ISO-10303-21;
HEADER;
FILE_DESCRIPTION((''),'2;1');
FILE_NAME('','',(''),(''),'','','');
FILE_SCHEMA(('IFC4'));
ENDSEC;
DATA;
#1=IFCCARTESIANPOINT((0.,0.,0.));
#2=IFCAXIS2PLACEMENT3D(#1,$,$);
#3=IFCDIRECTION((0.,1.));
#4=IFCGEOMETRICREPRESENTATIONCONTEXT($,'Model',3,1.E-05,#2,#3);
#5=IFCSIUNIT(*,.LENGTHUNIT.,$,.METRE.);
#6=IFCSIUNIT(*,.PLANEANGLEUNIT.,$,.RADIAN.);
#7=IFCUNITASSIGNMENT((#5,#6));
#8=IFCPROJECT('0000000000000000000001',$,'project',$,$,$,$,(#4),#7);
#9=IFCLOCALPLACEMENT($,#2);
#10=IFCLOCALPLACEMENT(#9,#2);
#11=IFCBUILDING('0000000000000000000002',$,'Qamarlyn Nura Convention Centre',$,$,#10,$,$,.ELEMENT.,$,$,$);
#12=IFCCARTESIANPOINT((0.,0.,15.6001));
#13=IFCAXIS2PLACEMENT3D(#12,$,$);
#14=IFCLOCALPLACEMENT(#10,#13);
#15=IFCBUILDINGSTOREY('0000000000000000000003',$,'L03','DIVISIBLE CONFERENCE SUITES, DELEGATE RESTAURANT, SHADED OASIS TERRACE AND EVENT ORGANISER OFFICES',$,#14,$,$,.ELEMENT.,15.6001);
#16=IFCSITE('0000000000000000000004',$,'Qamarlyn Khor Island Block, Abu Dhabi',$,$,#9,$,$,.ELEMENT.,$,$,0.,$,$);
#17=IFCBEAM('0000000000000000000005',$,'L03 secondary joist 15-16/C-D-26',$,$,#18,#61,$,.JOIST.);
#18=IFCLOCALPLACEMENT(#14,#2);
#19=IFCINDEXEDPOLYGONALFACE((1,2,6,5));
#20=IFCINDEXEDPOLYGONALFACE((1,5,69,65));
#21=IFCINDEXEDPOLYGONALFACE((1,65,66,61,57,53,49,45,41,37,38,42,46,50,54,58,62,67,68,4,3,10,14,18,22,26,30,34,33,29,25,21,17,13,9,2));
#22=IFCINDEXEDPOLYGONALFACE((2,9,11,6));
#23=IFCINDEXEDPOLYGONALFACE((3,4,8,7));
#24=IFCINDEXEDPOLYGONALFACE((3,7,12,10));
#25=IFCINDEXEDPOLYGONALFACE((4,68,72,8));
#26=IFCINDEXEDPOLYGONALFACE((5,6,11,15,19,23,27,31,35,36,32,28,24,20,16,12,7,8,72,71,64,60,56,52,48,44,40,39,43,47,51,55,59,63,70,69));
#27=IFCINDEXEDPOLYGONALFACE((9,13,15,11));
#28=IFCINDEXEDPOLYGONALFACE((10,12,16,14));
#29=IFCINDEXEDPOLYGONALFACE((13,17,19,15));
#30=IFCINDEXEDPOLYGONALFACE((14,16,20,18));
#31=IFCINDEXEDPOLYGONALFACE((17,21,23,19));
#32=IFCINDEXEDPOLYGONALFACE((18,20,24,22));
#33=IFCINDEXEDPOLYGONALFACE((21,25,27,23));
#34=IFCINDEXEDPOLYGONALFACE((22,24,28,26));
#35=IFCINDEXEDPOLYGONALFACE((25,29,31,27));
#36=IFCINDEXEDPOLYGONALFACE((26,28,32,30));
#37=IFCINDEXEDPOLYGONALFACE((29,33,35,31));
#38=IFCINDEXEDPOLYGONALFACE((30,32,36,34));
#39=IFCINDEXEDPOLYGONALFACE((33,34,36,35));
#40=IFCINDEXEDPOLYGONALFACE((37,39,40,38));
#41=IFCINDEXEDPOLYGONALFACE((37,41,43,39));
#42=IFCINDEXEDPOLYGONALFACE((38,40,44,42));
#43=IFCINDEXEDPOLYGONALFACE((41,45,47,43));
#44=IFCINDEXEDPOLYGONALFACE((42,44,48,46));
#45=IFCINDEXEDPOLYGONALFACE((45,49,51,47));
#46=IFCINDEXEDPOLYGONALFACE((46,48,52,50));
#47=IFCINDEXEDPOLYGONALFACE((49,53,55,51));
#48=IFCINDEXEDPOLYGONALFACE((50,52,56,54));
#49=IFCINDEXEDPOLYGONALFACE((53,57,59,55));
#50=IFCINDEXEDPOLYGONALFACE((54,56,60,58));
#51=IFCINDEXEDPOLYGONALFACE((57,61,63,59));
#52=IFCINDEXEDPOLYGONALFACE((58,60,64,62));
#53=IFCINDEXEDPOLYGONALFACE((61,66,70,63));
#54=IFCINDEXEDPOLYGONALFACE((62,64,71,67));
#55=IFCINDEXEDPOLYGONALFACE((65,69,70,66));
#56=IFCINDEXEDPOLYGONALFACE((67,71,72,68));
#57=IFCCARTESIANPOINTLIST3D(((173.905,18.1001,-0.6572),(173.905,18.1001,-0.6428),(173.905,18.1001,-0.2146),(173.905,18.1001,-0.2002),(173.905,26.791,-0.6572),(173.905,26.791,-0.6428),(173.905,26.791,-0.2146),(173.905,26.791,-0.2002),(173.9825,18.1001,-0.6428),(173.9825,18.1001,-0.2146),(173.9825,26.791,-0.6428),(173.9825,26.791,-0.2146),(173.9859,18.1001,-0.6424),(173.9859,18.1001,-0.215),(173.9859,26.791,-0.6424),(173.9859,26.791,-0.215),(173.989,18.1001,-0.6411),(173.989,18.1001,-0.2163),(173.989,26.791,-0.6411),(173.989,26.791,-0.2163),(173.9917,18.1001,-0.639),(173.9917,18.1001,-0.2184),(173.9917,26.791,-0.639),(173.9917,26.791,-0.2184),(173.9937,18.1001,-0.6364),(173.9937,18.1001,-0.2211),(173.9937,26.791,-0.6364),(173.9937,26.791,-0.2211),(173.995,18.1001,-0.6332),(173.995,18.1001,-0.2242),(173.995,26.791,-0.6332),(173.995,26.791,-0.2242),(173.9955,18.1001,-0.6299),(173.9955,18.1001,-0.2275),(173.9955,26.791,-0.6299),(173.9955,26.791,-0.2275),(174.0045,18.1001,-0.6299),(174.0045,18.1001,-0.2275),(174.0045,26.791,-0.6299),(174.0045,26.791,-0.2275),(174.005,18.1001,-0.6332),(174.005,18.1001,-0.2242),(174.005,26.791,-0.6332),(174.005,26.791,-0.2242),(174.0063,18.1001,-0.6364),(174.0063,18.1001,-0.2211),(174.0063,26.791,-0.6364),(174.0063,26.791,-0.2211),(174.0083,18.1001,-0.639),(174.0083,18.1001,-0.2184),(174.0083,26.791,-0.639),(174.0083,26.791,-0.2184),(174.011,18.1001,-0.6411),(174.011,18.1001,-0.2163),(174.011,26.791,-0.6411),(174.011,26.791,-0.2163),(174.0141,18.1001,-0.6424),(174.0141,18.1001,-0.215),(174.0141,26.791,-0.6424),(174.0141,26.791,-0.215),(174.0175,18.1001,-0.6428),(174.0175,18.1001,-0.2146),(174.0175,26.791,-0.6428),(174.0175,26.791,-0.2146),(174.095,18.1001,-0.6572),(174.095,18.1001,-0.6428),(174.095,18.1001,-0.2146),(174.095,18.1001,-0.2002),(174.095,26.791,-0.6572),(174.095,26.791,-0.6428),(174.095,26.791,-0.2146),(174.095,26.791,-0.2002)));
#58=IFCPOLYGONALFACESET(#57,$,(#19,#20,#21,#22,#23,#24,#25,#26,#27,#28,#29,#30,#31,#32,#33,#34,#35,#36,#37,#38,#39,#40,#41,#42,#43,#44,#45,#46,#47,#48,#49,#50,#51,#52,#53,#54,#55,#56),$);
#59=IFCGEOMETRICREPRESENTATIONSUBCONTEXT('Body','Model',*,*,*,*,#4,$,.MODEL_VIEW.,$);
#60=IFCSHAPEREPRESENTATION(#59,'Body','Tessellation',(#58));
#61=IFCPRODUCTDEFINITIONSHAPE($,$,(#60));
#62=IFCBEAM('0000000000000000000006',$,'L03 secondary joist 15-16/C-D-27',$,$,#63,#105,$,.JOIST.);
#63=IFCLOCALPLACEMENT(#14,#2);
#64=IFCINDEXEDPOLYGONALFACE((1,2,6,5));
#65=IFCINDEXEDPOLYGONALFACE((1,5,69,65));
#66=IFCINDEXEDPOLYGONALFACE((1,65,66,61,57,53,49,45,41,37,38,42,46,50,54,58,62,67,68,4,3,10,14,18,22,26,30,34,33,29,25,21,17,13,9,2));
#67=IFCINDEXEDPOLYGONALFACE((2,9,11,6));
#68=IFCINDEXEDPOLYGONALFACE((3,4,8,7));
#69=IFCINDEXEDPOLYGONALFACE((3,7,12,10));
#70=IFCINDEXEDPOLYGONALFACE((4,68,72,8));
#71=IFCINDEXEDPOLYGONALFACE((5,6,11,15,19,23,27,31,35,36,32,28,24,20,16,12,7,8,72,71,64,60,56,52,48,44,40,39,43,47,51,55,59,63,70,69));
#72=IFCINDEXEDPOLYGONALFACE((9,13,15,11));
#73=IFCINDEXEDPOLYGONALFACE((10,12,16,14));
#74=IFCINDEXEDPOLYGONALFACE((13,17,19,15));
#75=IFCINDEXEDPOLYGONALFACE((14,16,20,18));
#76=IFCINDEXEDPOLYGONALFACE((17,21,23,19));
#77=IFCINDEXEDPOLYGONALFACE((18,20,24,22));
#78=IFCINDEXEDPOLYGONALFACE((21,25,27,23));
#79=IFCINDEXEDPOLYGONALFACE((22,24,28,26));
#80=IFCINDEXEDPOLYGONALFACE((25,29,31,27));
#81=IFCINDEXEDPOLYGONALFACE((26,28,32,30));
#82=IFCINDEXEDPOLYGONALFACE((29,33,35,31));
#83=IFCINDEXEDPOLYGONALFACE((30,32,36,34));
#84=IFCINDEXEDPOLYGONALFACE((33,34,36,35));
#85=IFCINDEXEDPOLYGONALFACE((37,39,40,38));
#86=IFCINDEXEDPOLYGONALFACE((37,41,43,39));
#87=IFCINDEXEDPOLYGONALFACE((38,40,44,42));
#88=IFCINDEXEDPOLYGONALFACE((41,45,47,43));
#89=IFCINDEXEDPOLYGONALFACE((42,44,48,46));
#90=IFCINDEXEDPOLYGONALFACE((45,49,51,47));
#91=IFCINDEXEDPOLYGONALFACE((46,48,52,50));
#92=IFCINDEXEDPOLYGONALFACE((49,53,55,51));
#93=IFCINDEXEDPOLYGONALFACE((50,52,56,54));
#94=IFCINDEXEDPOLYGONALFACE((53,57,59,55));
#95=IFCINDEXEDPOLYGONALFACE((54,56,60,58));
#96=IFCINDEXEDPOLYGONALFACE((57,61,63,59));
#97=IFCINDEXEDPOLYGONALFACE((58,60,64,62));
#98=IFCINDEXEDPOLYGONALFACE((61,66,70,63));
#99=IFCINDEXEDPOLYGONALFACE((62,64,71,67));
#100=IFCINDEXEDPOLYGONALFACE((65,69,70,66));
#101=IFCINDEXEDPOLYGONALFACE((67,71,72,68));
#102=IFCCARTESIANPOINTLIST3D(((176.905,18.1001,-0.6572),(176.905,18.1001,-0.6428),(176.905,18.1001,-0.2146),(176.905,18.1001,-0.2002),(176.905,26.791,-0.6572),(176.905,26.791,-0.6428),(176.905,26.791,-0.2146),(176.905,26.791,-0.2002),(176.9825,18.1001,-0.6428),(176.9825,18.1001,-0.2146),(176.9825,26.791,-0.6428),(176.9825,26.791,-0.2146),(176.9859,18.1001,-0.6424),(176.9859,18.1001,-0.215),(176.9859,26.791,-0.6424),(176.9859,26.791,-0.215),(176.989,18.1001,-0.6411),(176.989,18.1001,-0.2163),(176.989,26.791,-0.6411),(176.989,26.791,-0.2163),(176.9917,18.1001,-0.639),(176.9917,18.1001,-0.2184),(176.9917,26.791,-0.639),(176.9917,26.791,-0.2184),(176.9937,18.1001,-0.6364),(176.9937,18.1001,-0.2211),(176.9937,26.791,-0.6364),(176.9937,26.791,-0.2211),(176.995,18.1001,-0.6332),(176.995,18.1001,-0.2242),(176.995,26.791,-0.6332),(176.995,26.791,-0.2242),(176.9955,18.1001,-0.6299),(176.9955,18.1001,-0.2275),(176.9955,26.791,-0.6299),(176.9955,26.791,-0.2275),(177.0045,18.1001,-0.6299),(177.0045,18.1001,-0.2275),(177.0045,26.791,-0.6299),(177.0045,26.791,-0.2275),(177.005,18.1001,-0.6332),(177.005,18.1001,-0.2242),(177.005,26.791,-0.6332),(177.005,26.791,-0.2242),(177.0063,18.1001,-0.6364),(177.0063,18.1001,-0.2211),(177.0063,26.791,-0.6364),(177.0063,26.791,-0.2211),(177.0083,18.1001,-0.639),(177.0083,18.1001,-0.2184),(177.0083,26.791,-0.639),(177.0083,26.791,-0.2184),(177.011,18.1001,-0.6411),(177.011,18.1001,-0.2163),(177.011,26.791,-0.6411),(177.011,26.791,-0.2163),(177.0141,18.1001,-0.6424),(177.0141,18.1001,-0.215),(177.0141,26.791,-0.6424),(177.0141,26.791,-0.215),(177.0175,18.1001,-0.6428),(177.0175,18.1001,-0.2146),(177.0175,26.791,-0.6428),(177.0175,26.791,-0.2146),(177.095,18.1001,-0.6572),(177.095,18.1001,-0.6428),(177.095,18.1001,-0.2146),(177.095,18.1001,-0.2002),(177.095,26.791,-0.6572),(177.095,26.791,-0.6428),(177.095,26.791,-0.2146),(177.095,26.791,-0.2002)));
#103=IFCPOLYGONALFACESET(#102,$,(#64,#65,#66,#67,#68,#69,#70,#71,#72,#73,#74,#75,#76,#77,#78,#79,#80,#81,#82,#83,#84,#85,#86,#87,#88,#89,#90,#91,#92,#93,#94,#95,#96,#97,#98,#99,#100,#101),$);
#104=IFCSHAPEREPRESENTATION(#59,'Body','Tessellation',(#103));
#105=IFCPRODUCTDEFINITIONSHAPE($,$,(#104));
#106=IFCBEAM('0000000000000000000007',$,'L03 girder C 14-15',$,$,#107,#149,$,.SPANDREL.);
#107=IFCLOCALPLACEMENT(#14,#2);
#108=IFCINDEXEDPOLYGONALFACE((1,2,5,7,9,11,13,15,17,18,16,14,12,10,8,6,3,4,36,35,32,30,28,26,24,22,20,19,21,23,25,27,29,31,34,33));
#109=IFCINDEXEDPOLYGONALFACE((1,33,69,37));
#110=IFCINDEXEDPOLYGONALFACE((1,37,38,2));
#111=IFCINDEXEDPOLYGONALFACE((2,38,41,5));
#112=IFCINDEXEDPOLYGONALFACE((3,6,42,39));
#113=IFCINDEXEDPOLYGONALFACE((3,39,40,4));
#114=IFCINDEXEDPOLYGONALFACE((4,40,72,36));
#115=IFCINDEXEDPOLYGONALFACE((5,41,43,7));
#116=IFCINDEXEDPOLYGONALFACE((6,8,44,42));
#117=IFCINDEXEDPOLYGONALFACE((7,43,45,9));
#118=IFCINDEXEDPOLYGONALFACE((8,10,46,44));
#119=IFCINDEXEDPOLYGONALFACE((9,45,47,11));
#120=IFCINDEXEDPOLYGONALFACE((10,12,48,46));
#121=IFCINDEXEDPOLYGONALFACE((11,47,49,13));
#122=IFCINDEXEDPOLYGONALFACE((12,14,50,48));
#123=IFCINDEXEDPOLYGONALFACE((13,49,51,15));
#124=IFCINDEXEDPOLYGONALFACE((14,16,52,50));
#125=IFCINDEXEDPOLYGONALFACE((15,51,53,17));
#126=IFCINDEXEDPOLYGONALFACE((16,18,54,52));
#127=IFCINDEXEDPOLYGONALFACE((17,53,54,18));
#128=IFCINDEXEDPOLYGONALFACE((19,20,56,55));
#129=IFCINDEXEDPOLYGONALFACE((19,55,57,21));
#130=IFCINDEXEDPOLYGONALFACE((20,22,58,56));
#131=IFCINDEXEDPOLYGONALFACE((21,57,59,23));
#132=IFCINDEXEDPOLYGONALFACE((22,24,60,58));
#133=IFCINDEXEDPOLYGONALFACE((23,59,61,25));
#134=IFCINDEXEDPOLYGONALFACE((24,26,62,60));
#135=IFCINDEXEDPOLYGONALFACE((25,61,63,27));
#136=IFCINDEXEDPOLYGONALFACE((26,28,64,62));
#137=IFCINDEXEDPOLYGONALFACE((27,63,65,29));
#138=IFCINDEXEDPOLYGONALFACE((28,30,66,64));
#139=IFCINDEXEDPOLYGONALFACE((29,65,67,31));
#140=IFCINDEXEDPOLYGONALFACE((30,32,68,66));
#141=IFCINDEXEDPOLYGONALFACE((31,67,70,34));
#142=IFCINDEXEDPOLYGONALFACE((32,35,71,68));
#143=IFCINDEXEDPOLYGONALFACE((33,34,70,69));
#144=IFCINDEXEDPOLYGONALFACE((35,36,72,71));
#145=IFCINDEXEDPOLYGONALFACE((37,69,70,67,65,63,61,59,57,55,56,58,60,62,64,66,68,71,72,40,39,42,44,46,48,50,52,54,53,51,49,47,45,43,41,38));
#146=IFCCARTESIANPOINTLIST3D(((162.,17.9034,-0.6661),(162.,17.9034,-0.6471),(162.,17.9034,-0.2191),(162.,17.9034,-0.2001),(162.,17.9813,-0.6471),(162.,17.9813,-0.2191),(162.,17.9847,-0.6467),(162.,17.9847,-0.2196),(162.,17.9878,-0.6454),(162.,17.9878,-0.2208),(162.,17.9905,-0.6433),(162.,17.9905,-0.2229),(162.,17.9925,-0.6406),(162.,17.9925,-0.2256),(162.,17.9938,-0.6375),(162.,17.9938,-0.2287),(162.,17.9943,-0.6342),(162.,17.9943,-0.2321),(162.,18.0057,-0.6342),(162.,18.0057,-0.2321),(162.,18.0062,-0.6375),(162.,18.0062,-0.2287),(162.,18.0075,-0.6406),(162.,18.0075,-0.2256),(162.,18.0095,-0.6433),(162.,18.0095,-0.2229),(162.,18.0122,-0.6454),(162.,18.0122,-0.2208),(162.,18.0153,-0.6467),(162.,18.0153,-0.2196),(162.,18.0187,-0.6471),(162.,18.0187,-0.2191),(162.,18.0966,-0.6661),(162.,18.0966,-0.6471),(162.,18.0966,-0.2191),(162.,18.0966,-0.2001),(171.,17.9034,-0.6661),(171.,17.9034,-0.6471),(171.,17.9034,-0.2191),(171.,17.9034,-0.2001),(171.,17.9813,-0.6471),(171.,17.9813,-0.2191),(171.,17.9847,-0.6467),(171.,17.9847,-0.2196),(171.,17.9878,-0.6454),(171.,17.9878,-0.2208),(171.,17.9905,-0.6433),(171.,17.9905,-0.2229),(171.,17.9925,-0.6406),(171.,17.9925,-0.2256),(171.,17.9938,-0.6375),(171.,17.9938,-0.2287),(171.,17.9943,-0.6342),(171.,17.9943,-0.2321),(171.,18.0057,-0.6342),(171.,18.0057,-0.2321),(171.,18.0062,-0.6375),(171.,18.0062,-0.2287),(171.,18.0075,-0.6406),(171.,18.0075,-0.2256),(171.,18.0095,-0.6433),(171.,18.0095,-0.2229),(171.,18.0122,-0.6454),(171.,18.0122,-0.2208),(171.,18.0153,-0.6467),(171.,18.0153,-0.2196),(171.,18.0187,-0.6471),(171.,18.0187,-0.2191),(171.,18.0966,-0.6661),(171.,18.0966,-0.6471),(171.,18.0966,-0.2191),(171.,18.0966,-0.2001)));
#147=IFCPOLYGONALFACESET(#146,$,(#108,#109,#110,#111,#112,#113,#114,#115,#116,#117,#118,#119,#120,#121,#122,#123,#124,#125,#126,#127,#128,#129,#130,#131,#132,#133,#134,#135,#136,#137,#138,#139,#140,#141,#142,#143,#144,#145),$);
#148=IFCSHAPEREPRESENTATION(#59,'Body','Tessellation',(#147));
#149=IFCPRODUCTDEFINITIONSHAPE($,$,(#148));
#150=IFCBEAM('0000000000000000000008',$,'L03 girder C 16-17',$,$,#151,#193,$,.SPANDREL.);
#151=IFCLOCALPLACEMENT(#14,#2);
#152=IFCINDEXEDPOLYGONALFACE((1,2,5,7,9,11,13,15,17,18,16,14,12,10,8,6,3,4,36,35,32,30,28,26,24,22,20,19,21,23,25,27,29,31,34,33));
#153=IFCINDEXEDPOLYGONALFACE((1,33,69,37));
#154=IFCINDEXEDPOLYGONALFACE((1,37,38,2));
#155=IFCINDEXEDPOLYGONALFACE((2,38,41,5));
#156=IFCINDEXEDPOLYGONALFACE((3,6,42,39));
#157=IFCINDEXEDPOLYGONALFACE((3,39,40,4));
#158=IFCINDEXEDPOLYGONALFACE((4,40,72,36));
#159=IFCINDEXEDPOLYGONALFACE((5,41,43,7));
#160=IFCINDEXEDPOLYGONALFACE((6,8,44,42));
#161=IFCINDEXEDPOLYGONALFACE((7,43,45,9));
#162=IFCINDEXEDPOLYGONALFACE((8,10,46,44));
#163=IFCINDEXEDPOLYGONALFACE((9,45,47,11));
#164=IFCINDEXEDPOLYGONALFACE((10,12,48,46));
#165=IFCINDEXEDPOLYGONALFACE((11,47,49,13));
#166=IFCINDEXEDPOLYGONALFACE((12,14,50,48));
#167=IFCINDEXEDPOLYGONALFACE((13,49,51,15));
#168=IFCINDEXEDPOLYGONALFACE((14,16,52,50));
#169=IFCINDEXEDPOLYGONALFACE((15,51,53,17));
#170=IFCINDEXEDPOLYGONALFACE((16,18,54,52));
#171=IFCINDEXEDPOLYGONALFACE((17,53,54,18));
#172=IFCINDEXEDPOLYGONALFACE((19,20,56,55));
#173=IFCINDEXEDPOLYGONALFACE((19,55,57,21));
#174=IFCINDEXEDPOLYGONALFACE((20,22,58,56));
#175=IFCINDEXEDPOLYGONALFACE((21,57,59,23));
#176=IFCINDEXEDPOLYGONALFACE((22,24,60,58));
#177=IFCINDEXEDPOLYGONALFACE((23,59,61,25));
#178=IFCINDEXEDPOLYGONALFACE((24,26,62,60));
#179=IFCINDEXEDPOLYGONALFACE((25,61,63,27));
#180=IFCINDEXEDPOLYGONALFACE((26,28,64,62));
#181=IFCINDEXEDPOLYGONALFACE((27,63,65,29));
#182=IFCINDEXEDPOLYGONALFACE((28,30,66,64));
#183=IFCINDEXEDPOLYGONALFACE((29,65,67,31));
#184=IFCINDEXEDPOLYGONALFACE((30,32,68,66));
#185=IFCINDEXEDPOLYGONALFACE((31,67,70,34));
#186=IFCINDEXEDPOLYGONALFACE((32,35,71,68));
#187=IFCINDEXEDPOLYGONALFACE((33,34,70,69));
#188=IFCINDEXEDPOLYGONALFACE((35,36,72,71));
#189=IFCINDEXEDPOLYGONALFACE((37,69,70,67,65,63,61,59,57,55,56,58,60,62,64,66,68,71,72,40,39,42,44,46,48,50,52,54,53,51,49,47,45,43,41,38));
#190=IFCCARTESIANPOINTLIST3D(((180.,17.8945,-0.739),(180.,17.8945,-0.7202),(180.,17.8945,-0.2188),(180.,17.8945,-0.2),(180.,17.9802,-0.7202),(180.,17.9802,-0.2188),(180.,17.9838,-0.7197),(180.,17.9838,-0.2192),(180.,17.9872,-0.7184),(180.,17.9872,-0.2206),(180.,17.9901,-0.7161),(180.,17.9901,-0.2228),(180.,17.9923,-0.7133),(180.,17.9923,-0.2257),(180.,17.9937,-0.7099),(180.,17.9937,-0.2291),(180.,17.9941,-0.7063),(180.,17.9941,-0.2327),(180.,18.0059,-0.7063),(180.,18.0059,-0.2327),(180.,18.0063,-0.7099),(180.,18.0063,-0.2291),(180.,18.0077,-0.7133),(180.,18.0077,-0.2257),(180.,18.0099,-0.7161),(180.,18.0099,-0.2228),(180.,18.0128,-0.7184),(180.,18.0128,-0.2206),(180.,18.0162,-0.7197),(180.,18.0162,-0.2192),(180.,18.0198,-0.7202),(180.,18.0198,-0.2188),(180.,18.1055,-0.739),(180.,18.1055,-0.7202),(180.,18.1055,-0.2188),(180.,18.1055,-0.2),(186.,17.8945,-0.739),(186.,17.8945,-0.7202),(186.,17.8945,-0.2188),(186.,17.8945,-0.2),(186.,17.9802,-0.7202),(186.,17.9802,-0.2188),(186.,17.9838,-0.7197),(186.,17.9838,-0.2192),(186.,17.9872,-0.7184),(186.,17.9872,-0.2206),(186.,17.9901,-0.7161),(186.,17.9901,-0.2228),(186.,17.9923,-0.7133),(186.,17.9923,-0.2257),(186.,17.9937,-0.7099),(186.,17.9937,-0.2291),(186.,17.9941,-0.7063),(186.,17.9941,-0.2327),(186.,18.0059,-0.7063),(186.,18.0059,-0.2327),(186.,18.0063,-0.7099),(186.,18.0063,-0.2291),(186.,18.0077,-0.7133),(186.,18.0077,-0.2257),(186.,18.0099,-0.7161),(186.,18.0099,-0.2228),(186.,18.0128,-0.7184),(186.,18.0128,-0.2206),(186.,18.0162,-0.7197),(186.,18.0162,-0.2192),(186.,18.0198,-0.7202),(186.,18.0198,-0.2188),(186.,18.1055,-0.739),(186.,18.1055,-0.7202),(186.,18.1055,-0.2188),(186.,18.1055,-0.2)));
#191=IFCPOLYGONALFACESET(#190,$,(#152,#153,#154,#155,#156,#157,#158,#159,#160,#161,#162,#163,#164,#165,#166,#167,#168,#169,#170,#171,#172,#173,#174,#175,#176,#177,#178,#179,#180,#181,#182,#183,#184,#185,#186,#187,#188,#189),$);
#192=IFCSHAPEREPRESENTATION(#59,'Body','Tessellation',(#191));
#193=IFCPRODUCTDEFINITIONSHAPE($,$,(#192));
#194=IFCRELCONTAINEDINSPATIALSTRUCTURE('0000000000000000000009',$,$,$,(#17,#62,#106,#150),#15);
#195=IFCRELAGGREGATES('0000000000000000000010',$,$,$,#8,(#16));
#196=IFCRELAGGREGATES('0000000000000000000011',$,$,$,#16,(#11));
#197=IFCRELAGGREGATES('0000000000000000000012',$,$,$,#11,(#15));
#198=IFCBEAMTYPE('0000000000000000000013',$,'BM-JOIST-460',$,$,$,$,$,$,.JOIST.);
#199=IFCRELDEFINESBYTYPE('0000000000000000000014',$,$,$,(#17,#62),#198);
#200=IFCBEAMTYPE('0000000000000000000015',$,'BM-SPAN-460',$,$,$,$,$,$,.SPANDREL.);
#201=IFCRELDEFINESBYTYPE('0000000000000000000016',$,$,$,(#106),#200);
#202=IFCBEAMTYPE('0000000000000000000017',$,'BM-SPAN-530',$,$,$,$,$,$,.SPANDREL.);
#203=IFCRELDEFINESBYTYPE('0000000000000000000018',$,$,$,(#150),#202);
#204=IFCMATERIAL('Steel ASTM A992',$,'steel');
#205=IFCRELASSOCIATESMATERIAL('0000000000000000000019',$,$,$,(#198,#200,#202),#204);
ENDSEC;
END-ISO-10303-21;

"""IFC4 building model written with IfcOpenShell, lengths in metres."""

from ifc_helpers import new_model, si_unit, direction, frame, origin, origin_2d, place, context, subcontext, project, spatial, i_section, extrude, material, material_profile, profile_set, type_object, element, save


model = new_model("IFC4")

# Units and contexts
model_context = context("Model", 3, precision=1e-05, world=origin(), true_north=direction((0.0, 1.0)))
body_context = subcontext(model_context, "Body", "Model", "MODEL_VIEW")
ifc_project = project(units=[si_unit("LENGTHUNIT", "METRE"), si_unit("PLANEANGLEUNIT", "RADIAN")], contexts=[model_context])

# Site, building, storey
site_placement = place(None, origin())
site = spatial("IfcSite", under=ifc_project, at=site_placement, Name="Qamarlyn Khor Island Block, Abu Dhabi", CompositionType="ELEMENT", RefElevation=0.0)
building_placement = place(site_placement, origin())
building = spatial("IfcBuilding", under=site, at=building_placement, Name="Qamarlyn Nura Convention Centre", CompositionType="ELEMENT")
storey_placement = place(building_placement, frame((0.0, 0.0, 15.6001)))
storey = spatial("IfcBuildingStorey", under=building, at=storey_placement, Name="L03", Description="DIVISIBLE CONFERENCE SUITES, DELEGATE RESTAURANT, SHADED OASIS TERRACE AND EVENT ORGANISER OFFICES", CompositionType="ELEMENT", Elevation=15.6001)

# Shared definitions
ifc_material_1 = material(Name="Steel ASTM A992", Category="steel")

# Beams
ifc_material_profile_1 = material_profile(ifc_material_1, i_section(OverallWidth=0.1899, OverallDepth=0.457, WebThickness=0.009, FlangeThickness=0.0144, FilletRadius=0.0129, at=origin_2d()), Name="W460X74")
ifc_profile_set_1 = profile_set([ifc_material_profile_1], Name="Steel ASTM A992")
beam_type_1 = type_object("IfcBeamType", Name="BM-JOIST-460", PredefinedType="JOIST", material=ifc_profile_set_1)
for number, where, z_axis, x_axis, name in (
    (1, (174.0, 18.1001, -0.4287), (0.0, 1.0, 0.0), (-1.0, 0.0, 0.0), "L03 secondary joist 15-16/C-D-26"),
    (2, (177.0, 18.1001, -0.4287), (0.0, 1.0, 0.0), (-1.0, 0.0, 0.0), "L03 secondary joist 15-16/C-D-27"),
):
    element("IfcBeam", number, at=place(storey_placement, frame(where, z_axis=z_axis, x_axis=x_axis)), inside=storey, type_object=beam_type_1, Name=name, PredefinedType="JOIST", context=body_context, shape_type="SweptSolid", body=[
        extrude(i_section(OverallWidth=0.1899, OverallDepth=0.457, WebThickness=0.009, FlangeThickness=0.0144, FilletRadius=0.0129, at=origin_2d()), origin(), (0.0, 0.0, 1.0), 8.6909),
    ])
ifc_material_profile_2 = material_profile(ifc_material_1, i_section(OverallWidth=0.1931, OverallDepth=0.4661, WebThickness=0.0115, FlangeThickness=0.019, FilletRadius=0.0129, at=origin_2d()), Name="W460X97")
ifc_profile_set_2 = profile_set([ifc_material_profile_2], Name="Steel ASTM A992")
beam_type_2 = type_object("IfcBeamType", Name="BM-SPAN-460", PredefinedType="SPANDREL", material=ifc_profile_set_2)
beam_1_placement = place(storey_placement, frame((162.0, 18.0, -0.4331), z_axis=(1.0, 0.0, 0.0), x_axis=(0.0, 1.0, 0.0)))
element("IfcBeam", 3, at=beam_1_placement, inside=storey, type_object=beam_type_2, Name="L03 girder C 14-15", PredefinedType="SPANDREL", context=body_context, shape_type="SweptSolid", body=[
    extrude(i_section(OverallWidth=0.1931, OverallDepth=0.4661, WebThickness=0.0115, FlangeThickness=0.019, FilletRadius=0.0129, at=origin_2d()), origin(), (0.0, 0.0, 1.0), 9.0),
])
ifc_material_profile_3 = material_profile(ifc_material_1, i_section(OverallWidth=0.2109, OverallDepth=0.5391, WebThickness=0.0117, FlangeThickness=0.0188, FilletRadius=0.0139, at=origin_2d()), Name="W530X109")
ifc_profile_set_3 = profile_set([ifc_material_profile_3], Name="Steel ASTM A992")
beam_type_3 = type_object("IfcBeamType", Name="BM-SPAN-530", PredefinedType="SPANDREL", material=ifc_profile_set_3)
beam_2_placement = place(storey_placement, frame((180.0, 18.0, -0.4695), z_axis=(1.0, 0.0, 0.0), x_axis=(0.0, 1.0, 0.0)))
element("IfcBeam", 4, at=beam_2_placement, inside=storey, type_object=beam_type_3, Name="L03 girder C 16-17", PredefinedType="SPANDREL", context=body_context, shape_type="SweptSolid", body=[
    extrude(i_section(OverallWidth=0.2109, OverallDepth=0.5391, WebThickness=0.0117, FlangeThickness=0.0188, FilletRadius=0.0139, at=origin_2d()), origin(), (0.0, 0.0, 1.0), 6.0),
])

save(model, "model.ifc")
